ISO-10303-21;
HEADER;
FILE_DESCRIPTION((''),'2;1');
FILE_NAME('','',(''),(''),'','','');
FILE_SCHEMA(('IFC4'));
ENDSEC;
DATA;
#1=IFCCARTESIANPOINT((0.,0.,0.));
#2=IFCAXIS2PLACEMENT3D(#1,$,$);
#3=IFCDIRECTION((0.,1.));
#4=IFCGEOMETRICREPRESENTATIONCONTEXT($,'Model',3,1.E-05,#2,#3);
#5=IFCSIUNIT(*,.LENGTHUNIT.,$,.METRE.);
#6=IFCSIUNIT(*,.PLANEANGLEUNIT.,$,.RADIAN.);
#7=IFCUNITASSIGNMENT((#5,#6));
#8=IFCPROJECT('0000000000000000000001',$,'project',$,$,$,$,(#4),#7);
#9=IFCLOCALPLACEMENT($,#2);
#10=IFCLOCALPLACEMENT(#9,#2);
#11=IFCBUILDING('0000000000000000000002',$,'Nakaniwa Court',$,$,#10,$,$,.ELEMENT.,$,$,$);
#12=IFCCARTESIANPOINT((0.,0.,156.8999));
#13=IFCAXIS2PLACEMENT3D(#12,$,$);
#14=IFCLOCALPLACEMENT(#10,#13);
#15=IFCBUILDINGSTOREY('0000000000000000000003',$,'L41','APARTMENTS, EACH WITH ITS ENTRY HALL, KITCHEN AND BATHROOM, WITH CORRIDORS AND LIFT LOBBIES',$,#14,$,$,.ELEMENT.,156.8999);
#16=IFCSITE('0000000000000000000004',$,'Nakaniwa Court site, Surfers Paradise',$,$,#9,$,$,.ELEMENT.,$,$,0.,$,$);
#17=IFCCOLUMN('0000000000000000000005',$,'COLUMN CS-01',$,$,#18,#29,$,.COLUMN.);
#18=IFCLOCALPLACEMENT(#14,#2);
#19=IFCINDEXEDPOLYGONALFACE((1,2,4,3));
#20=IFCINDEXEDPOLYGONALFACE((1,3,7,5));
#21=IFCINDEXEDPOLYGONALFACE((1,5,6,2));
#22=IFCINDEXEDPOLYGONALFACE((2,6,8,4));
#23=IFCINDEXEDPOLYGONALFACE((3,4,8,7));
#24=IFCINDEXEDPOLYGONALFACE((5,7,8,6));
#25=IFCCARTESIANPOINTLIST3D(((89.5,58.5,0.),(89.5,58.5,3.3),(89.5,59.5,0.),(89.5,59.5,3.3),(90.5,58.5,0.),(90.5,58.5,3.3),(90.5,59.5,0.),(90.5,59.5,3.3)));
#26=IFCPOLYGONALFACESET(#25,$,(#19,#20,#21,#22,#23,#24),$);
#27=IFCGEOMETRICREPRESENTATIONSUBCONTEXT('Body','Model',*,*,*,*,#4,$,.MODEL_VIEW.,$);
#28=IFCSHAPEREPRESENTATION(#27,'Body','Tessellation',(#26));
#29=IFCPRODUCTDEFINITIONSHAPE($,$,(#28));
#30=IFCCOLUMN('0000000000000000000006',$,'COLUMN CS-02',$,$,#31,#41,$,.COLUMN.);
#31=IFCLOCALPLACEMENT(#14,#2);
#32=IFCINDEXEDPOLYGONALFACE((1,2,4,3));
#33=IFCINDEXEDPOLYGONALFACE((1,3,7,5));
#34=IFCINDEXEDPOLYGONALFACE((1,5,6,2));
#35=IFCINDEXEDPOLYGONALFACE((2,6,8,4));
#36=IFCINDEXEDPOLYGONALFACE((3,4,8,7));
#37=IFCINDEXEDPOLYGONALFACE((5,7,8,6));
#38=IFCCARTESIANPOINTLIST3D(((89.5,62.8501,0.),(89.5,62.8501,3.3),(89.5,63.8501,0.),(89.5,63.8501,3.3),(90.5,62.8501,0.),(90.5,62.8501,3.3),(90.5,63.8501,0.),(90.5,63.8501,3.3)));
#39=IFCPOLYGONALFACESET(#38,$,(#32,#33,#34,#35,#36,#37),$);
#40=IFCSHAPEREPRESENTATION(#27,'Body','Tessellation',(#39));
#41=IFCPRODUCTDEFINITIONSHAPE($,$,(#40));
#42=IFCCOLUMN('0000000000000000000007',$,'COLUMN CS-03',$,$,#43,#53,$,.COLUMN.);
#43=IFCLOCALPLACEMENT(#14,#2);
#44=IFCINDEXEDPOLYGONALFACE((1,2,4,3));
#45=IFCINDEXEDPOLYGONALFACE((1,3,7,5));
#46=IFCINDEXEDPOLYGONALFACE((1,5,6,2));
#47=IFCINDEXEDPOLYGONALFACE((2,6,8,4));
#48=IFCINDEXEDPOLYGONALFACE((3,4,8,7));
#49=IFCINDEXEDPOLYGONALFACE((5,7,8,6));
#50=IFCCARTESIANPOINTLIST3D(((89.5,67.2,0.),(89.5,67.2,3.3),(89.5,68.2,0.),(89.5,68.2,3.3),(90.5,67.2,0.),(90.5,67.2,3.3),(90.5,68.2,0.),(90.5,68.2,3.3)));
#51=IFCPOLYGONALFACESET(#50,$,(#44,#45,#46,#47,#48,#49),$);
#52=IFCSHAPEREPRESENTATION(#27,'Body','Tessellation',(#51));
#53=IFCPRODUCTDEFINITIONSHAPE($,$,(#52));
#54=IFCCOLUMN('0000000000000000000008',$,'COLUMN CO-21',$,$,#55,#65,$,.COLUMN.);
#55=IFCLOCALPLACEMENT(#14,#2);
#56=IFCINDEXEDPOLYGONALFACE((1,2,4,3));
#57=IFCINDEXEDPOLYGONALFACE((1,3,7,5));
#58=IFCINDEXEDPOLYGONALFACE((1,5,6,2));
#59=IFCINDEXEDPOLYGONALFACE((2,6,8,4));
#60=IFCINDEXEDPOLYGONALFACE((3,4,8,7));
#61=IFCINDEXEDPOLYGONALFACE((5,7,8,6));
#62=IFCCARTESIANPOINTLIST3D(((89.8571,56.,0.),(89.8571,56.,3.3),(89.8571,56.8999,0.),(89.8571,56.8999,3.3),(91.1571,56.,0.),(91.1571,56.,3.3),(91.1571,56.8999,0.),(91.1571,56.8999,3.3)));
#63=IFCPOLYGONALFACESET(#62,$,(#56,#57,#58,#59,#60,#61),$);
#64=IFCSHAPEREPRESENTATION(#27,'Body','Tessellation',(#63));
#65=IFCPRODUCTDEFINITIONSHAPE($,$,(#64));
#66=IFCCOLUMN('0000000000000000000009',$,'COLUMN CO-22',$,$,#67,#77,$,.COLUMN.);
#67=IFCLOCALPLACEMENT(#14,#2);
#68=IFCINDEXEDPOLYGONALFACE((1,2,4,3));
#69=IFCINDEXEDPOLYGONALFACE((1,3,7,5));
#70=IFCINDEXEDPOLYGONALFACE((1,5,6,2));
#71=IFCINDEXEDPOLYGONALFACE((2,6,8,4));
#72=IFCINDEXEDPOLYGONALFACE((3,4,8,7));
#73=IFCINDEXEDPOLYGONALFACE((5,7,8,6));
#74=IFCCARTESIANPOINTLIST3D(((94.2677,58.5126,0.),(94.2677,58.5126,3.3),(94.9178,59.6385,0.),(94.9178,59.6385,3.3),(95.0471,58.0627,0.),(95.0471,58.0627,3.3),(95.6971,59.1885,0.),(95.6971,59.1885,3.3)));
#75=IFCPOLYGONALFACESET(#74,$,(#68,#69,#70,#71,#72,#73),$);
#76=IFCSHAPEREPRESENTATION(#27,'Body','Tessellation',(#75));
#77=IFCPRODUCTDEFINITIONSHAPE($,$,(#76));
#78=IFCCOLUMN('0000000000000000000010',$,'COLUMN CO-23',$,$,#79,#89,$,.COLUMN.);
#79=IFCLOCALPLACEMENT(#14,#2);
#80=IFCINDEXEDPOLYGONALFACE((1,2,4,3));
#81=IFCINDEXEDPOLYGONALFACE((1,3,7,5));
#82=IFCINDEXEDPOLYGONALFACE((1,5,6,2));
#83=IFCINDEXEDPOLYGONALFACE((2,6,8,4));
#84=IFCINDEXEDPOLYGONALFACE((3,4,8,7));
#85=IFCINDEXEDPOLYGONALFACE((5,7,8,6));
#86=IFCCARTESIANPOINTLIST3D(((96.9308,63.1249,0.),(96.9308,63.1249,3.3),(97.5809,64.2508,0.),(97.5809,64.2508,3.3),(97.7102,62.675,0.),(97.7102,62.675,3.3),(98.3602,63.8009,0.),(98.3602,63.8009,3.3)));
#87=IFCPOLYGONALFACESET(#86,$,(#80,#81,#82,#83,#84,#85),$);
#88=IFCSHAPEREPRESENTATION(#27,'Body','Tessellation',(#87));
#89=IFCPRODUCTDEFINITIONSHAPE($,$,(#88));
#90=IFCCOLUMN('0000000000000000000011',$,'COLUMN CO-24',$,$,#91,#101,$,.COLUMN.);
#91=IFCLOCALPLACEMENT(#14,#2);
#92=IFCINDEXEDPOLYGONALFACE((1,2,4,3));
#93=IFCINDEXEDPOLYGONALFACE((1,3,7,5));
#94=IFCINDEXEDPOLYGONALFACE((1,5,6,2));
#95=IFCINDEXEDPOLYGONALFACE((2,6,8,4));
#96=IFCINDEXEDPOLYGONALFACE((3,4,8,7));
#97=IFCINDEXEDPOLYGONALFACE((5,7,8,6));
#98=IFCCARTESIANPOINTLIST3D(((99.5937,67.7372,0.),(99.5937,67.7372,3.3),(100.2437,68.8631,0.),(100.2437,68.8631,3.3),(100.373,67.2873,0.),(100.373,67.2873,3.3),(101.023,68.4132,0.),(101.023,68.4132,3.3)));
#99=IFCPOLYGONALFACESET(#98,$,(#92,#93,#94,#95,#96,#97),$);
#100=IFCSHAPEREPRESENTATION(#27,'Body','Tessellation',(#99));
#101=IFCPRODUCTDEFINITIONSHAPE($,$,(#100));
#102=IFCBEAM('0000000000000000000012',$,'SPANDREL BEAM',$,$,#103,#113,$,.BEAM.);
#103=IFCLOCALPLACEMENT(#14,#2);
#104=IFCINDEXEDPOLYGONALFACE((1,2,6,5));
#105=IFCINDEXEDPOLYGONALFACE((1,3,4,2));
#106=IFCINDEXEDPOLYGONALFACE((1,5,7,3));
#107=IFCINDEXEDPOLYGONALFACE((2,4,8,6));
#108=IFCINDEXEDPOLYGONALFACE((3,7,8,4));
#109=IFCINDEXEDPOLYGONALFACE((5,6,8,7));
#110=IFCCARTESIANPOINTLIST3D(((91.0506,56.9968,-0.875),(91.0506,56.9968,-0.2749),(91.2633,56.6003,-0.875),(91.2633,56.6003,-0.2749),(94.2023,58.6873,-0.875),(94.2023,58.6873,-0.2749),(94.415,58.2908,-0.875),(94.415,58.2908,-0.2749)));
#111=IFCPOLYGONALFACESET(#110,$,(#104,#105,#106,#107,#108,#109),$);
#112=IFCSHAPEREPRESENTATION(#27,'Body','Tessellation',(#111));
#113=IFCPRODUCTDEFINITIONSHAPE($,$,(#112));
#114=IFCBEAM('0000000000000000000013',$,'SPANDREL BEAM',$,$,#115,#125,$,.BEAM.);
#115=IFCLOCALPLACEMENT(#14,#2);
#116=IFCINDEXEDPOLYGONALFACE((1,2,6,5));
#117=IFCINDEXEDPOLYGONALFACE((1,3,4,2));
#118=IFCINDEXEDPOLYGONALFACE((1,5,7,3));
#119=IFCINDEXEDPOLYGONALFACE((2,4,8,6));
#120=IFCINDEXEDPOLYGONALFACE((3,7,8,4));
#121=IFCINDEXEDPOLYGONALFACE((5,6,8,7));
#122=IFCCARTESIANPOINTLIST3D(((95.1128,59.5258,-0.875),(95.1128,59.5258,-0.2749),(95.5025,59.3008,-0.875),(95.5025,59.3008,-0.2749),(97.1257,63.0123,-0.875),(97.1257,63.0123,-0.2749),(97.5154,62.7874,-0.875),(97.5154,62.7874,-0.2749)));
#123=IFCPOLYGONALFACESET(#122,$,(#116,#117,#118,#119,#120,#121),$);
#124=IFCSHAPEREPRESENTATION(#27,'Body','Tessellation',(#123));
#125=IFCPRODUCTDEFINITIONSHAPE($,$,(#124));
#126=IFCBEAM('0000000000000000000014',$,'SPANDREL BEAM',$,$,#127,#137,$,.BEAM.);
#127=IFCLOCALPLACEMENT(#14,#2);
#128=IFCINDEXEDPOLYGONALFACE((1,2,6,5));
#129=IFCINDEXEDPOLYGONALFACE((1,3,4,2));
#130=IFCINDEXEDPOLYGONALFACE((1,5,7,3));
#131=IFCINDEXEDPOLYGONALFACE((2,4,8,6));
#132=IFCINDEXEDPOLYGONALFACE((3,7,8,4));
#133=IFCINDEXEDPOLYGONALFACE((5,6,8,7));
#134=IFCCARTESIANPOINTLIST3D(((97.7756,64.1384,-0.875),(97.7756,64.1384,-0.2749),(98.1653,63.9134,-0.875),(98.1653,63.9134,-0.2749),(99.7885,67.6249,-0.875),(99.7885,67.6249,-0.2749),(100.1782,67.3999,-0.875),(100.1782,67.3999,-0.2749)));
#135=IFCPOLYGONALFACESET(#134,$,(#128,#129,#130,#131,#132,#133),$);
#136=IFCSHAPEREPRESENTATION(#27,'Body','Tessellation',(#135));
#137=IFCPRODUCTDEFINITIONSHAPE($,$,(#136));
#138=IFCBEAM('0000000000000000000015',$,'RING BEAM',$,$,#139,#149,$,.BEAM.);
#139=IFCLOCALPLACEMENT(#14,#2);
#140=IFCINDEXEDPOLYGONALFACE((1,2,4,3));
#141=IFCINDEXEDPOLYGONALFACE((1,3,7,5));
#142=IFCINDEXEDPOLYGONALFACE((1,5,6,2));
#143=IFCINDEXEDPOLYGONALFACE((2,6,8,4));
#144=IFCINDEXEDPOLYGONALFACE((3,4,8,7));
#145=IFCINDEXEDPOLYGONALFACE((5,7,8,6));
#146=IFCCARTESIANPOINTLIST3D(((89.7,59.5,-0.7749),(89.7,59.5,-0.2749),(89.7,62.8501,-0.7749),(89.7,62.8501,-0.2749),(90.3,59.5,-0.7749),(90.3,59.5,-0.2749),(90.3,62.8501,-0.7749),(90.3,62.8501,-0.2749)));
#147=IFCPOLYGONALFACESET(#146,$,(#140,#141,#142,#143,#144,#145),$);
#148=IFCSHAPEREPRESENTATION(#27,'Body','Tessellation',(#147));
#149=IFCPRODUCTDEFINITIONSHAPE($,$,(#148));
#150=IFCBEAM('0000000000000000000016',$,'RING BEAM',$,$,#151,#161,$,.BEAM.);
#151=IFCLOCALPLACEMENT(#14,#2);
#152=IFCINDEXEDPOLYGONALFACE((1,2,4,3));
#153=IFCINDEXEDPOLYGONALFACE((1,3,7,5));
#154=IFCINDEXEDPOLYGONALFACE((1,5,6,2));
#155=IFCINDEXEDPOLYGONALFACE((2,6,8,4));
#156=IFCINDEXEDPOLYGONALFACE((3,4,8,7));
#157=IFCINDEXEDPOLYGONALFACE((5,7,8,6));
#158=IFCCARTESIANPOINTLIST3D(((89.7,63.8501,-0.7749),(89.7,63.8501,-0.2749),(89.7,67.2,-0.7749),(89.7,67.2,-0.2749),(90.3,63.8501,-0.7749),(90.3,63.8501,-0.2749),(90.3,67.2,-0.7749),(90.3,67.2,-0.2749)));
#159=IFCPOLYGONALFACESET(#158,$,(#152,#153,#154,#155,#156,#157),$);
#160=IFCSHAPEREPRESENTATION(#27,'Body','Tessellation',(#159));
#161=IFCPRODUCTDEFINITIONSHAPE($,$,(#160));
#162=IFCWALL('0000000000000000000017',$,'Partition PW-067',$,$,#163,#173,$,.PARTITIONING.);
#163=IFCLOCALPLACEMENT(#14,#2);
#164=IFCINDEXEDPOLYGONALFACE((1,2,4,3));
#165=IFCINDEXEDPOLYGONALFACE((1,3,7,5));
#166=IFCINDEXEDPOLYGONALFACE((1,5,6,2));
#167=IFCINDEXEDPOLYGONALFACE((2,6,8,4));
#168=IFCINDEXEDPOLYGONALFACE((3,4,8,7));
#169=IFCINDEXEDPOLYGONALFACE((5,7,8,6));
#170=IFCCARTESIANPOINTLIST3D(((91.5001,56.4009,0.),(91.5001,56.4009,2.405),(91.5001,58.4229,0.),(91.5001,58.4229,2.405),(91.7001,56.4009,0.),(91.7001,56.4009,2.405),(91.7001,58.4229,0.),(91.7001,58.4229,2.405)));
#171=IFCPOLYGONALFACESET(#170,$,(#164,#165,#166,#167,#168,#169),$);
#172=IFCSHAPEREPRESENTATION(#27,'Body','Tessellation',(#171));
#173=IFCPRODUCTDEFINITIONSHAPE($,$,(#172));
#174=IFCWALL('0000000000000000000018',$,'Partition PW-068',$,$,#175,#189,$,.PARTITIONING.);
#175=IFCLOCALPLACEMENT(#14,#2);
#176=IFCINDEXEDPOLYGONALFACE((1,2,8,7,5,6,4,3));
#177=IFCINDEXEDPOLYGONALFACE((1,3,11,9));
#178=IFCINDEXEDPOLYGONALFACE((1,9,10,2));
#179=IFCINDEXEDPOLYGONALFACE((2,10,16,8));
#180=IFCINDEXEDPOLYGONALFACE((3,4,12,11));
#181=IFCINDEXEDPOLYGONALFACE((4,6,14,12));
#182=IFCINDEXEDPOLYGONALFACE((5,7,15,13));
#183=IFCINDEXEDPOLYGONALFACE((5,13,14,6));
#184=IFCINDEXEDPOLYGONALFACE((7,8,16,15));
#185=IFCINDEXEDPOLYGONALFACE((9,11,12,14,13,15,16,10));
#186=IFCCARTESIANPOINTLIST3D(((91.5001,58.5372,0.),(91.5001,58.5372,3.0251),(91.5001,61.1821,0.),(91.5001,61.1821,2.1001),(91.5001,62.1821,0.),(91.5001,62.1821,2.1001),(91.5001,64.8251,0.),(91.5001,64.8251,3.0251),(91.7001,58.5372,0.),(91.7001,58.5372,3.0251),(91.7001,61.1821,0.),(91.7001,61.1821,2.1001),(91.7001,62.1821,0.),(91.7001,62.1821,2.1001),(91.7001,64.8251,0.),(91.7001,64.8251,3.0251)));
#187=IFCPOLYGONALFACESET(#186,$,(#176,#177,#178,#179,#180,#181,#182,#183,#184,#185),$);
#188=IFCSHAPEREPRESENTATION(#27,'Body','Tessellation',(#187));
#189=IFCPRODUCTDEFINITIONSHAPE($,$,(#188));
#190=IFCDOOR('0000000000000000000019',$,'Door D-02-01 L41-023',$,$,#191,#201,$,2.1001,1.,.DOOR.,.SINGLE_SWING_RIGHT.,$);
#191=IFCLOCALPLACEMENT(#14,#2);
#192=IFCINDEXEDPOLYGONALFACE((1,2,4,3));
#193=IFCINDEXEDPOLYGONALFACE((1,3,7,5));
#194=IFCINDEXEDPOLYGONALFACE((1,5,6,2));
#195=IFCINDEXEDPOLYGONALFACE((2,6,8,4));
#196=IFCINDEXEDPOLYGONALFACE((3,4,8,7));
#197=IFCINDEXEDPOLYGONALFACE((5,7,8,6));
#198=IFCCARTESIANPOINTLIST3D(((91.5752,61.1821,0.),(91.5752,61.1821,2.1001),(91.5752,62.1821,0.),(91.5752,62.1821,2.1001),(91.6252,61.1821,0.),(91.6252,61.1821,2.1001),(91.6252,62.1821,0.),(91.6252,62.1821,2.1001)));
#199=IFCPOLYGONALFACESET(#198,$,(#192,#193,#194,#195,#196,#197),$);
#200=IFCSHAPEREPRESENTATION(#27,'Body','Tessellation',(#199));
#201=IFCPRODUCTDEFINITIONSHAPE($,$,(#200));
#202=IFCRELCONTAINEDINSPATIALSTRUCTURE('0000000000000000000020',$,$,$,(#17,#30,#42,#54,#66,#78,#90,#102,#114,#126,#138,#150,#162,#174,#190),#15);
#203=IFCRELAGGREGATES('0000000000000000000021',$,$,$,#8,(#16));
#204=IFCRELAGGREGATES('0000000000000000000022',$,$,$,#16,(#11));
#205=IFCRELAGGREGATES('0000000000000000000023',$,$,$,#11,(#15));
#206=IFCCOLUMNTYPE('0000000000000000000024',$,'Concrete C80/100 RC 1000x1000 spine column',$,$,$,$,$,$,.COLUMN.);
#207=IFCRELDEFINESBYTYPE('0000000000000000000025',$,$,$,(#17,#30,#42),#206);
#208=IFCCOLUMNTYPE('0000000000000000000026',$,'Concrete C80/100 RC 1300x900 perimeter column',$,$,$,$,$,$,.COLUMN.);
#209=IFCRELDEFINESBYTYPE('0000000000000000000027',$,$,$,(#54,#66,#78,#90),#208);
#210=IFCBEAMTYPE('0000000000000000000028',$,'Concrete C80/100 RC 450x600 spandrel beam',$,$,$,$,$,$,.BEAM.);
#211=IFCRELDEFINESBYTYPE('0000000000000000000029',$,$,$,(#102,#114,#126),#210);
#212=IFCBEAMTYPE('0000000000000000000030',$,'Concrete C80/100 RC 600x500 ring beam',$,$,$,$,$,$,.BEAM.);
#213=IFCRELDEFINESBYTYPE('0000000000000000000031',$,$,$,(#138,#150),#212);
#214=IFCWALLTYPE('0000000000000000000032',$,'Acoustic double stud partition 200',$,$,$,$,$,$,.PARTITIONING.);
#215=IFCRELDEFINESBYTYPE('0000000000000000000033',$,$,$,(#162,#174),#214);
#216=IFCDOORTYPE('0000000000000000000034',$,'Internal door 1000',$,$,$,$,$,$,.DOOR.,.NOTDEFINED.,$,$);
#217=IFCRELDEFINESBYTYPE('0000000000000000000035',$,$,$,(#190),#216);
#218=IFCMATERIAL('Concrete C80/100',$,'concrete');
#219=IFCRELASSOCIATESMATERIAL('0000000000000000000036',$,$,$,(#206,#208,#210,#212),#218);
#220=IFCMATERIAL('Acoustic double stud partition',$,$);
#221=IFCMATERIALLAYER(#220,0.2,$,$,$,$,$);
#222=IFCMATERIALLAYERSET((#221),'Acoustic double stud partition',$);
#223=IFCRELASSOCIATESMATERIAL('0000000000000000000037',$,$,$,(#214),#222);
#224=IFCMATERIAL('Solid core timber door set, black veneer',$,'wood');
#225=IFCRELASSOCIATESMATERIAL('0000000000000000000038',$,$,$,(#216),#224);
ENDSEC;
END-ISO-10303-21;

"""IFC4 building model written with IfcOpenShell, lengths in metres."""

from ifc_helpers import new_model, si_unit, direction, frame, frame_2d, origin, origin_2d, place, context, subcontext, project, spatial, rectangle, extrude, material, layer, layer_set, material_profile, profile_set, type_object, element, fill, save


model = new_model("IFC4")

# Units and contexts
model_context = context("Model", 3, precision=1e-05, world=origin(), true_north=direction((0.0, 1.0)))
body_context = subcontext(model_context, "Body", "Model", "MODEL_VIEW")
ifc_project = project(units=[si_unit("LENGTHUNIT", "METRE"), si_unit("PLANEANGLEUNIT", "RADIAN")], contexts=[model_context])

# Site, building, storey
site_placement = place(None, origin())
site = spatial("IfcSite", under=ifc_project, at=site_placement, Name="Nakaniwa Court site, Surfers Paradise", CompositionType="ELEMENT", RefElevation=0.0)
building_placement = place(site_placement, origin())
building = spatial("IfcBuilding", under=site, at=building_placement, Name="Nakaniwa Court", CompositionType="ELEMENT")
storey_placement = place(building_placement, frame((0.0, 0.0, 156.8999)))
storey = spatial("IfcBuildingStorey", under=building, at=storey_placement, Name="L41", Description="APARTMENTS, EACH WITH ITS ENTRY HALL, KITCHEN AND BATHROOM, WITH CORRIDORS AND LIFT LOBBIES", CompositionType="ELEMENT", Elevation=156.8999)

# Columns
ifc_material_1 = material(Name="Concrete C80/100", Category="concrete")
ifc_material_profile_1 = material_profile(ifc_material_1, rectangle(XDim=1.0, YDim=1.0, at=origin_2d()), Name="Concrete C80/100 RC 1000x1000 spine column")
ifc_profile_set_1 = profile_set([ifc_material_profile_1], Name="Concrete C80/100")
column_type_1 = type_object("IfcColumnType", Name="Concrete C80/100 RC 1000x1000 spine column", PredefinedType="COLUMN", material=ifc_profile_set_1)
for number, where, z_axis, x_axis, name in (
    (1, (90.0, 59.0, 0.0), (0.0, 0.0, 1.0), (0.0, 1.0, 0.0), "COLUMN CS-01"),
    (2, (90.0, 63.3501, 0.0), (0.0, 0.0, 1.0), (0.0, 1.0, 0.0), "COLUMN CS-02"),
    (3, (90.0, 67.7, 0.0), (0.0, 0.0, 1.0), (0.0, 1.0, 0.0), "COLUMN CS-03"),
):
    element("IfcColumn", number, at=place(storey_placement, frame(where, z_axis=z_axis, x_axis=x_axis)), inside=storey, type_object=column_type_1, Name=name, PredefinedType="COLUMN", context=body_context, shape_type="SweptSolid", body=[
        extrude(rectangle(XDim=1.0, YDim=1.0, at=origin_2d()), origin(), (0.0, 0.0, 1.0), 3.3),
    ])
ifc_material_profile_2 = material_profile(ifc_material_1, rectangle(XDim=1.3, YDim=0.8999, at=origin_2d()), Name="Concrete C80/100 RC 1300x900 perimeter column")
ifc_profile_set_2 = profile_set([ifc_material_profile_2], Name="Concrete C80/100")
column_type_2 = type_object("IfcColumnType", Name="Concrete C80/100 RC 1300x900 perimeter column", PredefinedType="COLUMN", material=ifc_profile_set_2)
for number, where, z_axis, x_axis, name in (
    (4, (90.5071, 56.45, 0.0), (0.0, 0.0, 1.0), (1.0, 0.0, 0.0), "COLUMN CO-21"),
    (5, (94.9824, 58.8506, 0.0), (0.0, 0.0, 1.0), (0.5, 0.866025, 0.0), "COLUMN CO-22"),
    (6, (97.6455, 63.4629, 0.0), (0.0, 0.0, 1.0), (0.5, 0.866025, 0.0), "COLUMN CO-23"),
    (7, (100.3083, 68.0752, 0.0), (0.0, 0.0, 1.0), (0.5, 0.866025, 0.0), "COLUMN CO-24"),
):
    element("IfcColumn", number, at=place(storey_placement, frame(where, z_axis=z_axis, x_axis=x_axis)), inside=storey, type_object=column_type_2, Name=name, PredefinedType="COLUMN", context=body_context, shape_type="SweptSolid", body=[
        extrude(rectangle(XDim=1.3, YDim=0.8999, at=origin_2d()), origin(), (0.0, 0.0, 1.0), 3.3),
    ])

# Beams
ifc_material_profile_3 = material_profile(ifc_material_1, rectangle(XDim=0.45, YDim=0.6001, at=origin_2d()), Name="Concrete C80/100 RC 450x600 spandrel beam")
ifc_profile_set_3 = profile_set([ifc_material_profile_3], Name="Concrete C80/100")
beam_type_1 = type_object("IfcBeamType", Name="Concrete C80/100 RC 450x600 spandrel beam", PredefinedType="BEAM", material=ifc_profile_set_3)
beam_1_placement = place(storey_placement, frame((91.157, 56.7986, -0.575), z_axis=(0.881239, 0.47267, 0.0), x_axis=(-0.47267, 0.881239, 0.0)))
element("IfcBeam", 8, at=beam_1_placement, inside=storey, type_object=beam_type_1, Name="SPANDREL BEAM", PredefinedType="BEAM", context=body_context, shape_type="SweptSolid", body=[
    extrude(rectangle(XDim=0.45, YDim=0.6001, at=origin_2d()), origin(), (0.0, 0.0, 1.0), 3.5764),
])
for number, where, z_axis, x_axis, name in (
    (9, (95.3076, 59.4133, -0.575), (0.499994, 0.866029, 0.0), (-0.866029, 0.499994, 0.0), "SPANDREL BEAM"),
    (10, (97.9705, 64.0259, -0.575), (0.499994, 0.866029, 0.0), (-0.866029, 0.499994, 0.0), "SPANDREL BEAM"),
):
    element("IfcBeam", number, at=place(storey_placement, frame(where, z_axis=z_axis, x_axis=x_axis)), inside=storey, type_object=beam_type_1, Name=name, PredefinedType="BEAM", context=body_context, shape_type="SweptSolid", body=[
        extrude(rectangle(XDim=0.45, YDim=0.6001, at=origin_2d()), origin(), (0.0, 0.0, 1.0), 4.0259),
    ])
ifc_material_profile_4 = material_profile(ifc_material_1, rectangle(XDim=0.6001, YDim=0.5, at=origin_2d()), Name="Concrete C80/100 RC 600x500 ring beam")
ifc_profile_set_4 = profile_set([ifc_material_profile_4], Name="Concrete C80/100")
beam_type_2 = type_object("IfcBeamType", Name="Concrete C80/100 RC 600x500 ring beam", PredefinedType="BEAM", material=ifc_profile_set_4)
beam_2_placement = place(storey_placement, frame((90.0, 59.5, -0.5249), z_axis=(0.0, 1.0, 0.0), x_axis=(-1.0, 0.0, 0.0)))
element("IfcBeam", 11, at=beam_2_placement, inside=storey, type_object=beam_type_2, Name="RING BEAM", PredefinedType="BEAM", context=body_context, shape_type="SweptSolid", body=[
    extrude(rectangle(XDim=0.6001, YDim=0.5, at=origin_2d()), origin(), (0.0, 0.0, 1.0), 3.3501),
])
beam_3_placement = place(storey_placement, frame((90.0, 63.8501, -0.5249), z_axis=(0.0, 1.0, 0.0), x_axis=(-1.0, 0.0, 0.0)))
element("IfcBeam", 12, at=beam_3_placement, inside=storey, type_object=beam_type_2, Name="RING BEAM", PredefinedType="BEAM", context=body_context, shape_type="SweptSolid", body=[
    extrude(rectangle(XDim=0.6001, YDim=0.5, at=origin_2d()), origin(), (0.0, 0.0, 1.0), 3.3499),
])

# Wall
ifc_material_2 = material(Name="Acoustic double stud partition")
ifc_layer_1 = layer(ifc_material_2, 0.2)
ifc_layer_set_1 = layer_set([ifc_layer_1], Name="Acoustic double stud partition")
wall_type_1 = type_object("IfcWallType", Name="Acoustic double stud partition 200", PredefinedType="PARTITIONING", material=ifc_layer_set_1)
wall_1_placement = place(storey_placement, frame((91.6001, 56.4009, 0.0), z_axis=(0.0, 0.0, 1.0), x_axis=(0.0, 1.0, 0.0)))
element("IfcWall", 13, at=wall_1_placement, inside=storey, type_object=wall_type_1, Name="Partition PW-067", PredefinedType="PARTITIONING", context=body_context, shape_type="SweptSolid", body=[
    extrude(rectangle(XDim=2.022, YDim=0.2, at=frame_2d((1.011, 0.0))), origin(), (0.0, 0.0, 1.0), 2.405),
])

# Wall, opening, door
wall_2_placement = place(storey_placement, frame((91.6001, 58.5371, 0.0), z_axis=(0.0, 0.0, 1.0), x_axis=(0.0, 1.0, 0.0)))
wall_2 = element("IfcWall", 14, at=wall_2_placement, inside=storey, type_object=wall_type_1, Name="Partition PW-068", PredefinedType="PARTITIONING", context=body_context, shape_type="SweptSolid", body=[
    extrude(rectangle(XDim=6.2878, YDim=0.2, at=frame_2d((3.144, 0.0))), origin(), (0.0, 0.0, 1.0), 3.0251),
])
opening_1_placement = place(wall_2_placement, frame((2.645, 0.0, 0.0)))
opening_1 = element("IfcOpeningElement", 15, at=opening_1_placement, cuts=wall_2, PredefinedType="OPENING", context=body_context, shape_type="SweptSolid", body=[
    extrude(rectangle(XDim=1.0, YDim=2.1001, at=frame_2d((0.5, 1.05))), frame((0.0, 0.1099, 0.0), z_axis=(0.0, -1.0, 0.0), x_axis=(1.0, 0.0, 0.0)), (0.0, 0.0, 1.0), 0.22),
])
ifc_material_3 = material(Name="Solid core timber door set, black veneer", Category="wood")
door_type = type_object("IfcDoorType", Name="Internal door 1000", OperationType="NOTDEFINED", PredefinedType="DOOR", material=ifc_material_3)
door_1_placement = place(opening_1_placement, origin())
door_1 = element("IfcDoor", 16, at=door_1_placement, inside=storey, type_object=door_type, Name="Door D-02-01 L41-023", OperationType="SINGLE_SWING_RIGHT", OverallHeight=2.1001, OverallWidth=1.0, PredefinedType="DOOR", context=body_context, shape_type="SweptSolid", body=[
    extrude(rectangle(XDim=1.0, YDim=2.1001, at=frame_2d((0.5, 1.05))), frame((0.0, 0.0249, 0.0), z_axis=(0.0, -1.0, 0.0), x_axis=(1.0, 0.0, 0.0)), (0.0, 0.0, 1.0), 0.05),
])
fill(opening_1, door_1)

save(model, "model.ifc")
